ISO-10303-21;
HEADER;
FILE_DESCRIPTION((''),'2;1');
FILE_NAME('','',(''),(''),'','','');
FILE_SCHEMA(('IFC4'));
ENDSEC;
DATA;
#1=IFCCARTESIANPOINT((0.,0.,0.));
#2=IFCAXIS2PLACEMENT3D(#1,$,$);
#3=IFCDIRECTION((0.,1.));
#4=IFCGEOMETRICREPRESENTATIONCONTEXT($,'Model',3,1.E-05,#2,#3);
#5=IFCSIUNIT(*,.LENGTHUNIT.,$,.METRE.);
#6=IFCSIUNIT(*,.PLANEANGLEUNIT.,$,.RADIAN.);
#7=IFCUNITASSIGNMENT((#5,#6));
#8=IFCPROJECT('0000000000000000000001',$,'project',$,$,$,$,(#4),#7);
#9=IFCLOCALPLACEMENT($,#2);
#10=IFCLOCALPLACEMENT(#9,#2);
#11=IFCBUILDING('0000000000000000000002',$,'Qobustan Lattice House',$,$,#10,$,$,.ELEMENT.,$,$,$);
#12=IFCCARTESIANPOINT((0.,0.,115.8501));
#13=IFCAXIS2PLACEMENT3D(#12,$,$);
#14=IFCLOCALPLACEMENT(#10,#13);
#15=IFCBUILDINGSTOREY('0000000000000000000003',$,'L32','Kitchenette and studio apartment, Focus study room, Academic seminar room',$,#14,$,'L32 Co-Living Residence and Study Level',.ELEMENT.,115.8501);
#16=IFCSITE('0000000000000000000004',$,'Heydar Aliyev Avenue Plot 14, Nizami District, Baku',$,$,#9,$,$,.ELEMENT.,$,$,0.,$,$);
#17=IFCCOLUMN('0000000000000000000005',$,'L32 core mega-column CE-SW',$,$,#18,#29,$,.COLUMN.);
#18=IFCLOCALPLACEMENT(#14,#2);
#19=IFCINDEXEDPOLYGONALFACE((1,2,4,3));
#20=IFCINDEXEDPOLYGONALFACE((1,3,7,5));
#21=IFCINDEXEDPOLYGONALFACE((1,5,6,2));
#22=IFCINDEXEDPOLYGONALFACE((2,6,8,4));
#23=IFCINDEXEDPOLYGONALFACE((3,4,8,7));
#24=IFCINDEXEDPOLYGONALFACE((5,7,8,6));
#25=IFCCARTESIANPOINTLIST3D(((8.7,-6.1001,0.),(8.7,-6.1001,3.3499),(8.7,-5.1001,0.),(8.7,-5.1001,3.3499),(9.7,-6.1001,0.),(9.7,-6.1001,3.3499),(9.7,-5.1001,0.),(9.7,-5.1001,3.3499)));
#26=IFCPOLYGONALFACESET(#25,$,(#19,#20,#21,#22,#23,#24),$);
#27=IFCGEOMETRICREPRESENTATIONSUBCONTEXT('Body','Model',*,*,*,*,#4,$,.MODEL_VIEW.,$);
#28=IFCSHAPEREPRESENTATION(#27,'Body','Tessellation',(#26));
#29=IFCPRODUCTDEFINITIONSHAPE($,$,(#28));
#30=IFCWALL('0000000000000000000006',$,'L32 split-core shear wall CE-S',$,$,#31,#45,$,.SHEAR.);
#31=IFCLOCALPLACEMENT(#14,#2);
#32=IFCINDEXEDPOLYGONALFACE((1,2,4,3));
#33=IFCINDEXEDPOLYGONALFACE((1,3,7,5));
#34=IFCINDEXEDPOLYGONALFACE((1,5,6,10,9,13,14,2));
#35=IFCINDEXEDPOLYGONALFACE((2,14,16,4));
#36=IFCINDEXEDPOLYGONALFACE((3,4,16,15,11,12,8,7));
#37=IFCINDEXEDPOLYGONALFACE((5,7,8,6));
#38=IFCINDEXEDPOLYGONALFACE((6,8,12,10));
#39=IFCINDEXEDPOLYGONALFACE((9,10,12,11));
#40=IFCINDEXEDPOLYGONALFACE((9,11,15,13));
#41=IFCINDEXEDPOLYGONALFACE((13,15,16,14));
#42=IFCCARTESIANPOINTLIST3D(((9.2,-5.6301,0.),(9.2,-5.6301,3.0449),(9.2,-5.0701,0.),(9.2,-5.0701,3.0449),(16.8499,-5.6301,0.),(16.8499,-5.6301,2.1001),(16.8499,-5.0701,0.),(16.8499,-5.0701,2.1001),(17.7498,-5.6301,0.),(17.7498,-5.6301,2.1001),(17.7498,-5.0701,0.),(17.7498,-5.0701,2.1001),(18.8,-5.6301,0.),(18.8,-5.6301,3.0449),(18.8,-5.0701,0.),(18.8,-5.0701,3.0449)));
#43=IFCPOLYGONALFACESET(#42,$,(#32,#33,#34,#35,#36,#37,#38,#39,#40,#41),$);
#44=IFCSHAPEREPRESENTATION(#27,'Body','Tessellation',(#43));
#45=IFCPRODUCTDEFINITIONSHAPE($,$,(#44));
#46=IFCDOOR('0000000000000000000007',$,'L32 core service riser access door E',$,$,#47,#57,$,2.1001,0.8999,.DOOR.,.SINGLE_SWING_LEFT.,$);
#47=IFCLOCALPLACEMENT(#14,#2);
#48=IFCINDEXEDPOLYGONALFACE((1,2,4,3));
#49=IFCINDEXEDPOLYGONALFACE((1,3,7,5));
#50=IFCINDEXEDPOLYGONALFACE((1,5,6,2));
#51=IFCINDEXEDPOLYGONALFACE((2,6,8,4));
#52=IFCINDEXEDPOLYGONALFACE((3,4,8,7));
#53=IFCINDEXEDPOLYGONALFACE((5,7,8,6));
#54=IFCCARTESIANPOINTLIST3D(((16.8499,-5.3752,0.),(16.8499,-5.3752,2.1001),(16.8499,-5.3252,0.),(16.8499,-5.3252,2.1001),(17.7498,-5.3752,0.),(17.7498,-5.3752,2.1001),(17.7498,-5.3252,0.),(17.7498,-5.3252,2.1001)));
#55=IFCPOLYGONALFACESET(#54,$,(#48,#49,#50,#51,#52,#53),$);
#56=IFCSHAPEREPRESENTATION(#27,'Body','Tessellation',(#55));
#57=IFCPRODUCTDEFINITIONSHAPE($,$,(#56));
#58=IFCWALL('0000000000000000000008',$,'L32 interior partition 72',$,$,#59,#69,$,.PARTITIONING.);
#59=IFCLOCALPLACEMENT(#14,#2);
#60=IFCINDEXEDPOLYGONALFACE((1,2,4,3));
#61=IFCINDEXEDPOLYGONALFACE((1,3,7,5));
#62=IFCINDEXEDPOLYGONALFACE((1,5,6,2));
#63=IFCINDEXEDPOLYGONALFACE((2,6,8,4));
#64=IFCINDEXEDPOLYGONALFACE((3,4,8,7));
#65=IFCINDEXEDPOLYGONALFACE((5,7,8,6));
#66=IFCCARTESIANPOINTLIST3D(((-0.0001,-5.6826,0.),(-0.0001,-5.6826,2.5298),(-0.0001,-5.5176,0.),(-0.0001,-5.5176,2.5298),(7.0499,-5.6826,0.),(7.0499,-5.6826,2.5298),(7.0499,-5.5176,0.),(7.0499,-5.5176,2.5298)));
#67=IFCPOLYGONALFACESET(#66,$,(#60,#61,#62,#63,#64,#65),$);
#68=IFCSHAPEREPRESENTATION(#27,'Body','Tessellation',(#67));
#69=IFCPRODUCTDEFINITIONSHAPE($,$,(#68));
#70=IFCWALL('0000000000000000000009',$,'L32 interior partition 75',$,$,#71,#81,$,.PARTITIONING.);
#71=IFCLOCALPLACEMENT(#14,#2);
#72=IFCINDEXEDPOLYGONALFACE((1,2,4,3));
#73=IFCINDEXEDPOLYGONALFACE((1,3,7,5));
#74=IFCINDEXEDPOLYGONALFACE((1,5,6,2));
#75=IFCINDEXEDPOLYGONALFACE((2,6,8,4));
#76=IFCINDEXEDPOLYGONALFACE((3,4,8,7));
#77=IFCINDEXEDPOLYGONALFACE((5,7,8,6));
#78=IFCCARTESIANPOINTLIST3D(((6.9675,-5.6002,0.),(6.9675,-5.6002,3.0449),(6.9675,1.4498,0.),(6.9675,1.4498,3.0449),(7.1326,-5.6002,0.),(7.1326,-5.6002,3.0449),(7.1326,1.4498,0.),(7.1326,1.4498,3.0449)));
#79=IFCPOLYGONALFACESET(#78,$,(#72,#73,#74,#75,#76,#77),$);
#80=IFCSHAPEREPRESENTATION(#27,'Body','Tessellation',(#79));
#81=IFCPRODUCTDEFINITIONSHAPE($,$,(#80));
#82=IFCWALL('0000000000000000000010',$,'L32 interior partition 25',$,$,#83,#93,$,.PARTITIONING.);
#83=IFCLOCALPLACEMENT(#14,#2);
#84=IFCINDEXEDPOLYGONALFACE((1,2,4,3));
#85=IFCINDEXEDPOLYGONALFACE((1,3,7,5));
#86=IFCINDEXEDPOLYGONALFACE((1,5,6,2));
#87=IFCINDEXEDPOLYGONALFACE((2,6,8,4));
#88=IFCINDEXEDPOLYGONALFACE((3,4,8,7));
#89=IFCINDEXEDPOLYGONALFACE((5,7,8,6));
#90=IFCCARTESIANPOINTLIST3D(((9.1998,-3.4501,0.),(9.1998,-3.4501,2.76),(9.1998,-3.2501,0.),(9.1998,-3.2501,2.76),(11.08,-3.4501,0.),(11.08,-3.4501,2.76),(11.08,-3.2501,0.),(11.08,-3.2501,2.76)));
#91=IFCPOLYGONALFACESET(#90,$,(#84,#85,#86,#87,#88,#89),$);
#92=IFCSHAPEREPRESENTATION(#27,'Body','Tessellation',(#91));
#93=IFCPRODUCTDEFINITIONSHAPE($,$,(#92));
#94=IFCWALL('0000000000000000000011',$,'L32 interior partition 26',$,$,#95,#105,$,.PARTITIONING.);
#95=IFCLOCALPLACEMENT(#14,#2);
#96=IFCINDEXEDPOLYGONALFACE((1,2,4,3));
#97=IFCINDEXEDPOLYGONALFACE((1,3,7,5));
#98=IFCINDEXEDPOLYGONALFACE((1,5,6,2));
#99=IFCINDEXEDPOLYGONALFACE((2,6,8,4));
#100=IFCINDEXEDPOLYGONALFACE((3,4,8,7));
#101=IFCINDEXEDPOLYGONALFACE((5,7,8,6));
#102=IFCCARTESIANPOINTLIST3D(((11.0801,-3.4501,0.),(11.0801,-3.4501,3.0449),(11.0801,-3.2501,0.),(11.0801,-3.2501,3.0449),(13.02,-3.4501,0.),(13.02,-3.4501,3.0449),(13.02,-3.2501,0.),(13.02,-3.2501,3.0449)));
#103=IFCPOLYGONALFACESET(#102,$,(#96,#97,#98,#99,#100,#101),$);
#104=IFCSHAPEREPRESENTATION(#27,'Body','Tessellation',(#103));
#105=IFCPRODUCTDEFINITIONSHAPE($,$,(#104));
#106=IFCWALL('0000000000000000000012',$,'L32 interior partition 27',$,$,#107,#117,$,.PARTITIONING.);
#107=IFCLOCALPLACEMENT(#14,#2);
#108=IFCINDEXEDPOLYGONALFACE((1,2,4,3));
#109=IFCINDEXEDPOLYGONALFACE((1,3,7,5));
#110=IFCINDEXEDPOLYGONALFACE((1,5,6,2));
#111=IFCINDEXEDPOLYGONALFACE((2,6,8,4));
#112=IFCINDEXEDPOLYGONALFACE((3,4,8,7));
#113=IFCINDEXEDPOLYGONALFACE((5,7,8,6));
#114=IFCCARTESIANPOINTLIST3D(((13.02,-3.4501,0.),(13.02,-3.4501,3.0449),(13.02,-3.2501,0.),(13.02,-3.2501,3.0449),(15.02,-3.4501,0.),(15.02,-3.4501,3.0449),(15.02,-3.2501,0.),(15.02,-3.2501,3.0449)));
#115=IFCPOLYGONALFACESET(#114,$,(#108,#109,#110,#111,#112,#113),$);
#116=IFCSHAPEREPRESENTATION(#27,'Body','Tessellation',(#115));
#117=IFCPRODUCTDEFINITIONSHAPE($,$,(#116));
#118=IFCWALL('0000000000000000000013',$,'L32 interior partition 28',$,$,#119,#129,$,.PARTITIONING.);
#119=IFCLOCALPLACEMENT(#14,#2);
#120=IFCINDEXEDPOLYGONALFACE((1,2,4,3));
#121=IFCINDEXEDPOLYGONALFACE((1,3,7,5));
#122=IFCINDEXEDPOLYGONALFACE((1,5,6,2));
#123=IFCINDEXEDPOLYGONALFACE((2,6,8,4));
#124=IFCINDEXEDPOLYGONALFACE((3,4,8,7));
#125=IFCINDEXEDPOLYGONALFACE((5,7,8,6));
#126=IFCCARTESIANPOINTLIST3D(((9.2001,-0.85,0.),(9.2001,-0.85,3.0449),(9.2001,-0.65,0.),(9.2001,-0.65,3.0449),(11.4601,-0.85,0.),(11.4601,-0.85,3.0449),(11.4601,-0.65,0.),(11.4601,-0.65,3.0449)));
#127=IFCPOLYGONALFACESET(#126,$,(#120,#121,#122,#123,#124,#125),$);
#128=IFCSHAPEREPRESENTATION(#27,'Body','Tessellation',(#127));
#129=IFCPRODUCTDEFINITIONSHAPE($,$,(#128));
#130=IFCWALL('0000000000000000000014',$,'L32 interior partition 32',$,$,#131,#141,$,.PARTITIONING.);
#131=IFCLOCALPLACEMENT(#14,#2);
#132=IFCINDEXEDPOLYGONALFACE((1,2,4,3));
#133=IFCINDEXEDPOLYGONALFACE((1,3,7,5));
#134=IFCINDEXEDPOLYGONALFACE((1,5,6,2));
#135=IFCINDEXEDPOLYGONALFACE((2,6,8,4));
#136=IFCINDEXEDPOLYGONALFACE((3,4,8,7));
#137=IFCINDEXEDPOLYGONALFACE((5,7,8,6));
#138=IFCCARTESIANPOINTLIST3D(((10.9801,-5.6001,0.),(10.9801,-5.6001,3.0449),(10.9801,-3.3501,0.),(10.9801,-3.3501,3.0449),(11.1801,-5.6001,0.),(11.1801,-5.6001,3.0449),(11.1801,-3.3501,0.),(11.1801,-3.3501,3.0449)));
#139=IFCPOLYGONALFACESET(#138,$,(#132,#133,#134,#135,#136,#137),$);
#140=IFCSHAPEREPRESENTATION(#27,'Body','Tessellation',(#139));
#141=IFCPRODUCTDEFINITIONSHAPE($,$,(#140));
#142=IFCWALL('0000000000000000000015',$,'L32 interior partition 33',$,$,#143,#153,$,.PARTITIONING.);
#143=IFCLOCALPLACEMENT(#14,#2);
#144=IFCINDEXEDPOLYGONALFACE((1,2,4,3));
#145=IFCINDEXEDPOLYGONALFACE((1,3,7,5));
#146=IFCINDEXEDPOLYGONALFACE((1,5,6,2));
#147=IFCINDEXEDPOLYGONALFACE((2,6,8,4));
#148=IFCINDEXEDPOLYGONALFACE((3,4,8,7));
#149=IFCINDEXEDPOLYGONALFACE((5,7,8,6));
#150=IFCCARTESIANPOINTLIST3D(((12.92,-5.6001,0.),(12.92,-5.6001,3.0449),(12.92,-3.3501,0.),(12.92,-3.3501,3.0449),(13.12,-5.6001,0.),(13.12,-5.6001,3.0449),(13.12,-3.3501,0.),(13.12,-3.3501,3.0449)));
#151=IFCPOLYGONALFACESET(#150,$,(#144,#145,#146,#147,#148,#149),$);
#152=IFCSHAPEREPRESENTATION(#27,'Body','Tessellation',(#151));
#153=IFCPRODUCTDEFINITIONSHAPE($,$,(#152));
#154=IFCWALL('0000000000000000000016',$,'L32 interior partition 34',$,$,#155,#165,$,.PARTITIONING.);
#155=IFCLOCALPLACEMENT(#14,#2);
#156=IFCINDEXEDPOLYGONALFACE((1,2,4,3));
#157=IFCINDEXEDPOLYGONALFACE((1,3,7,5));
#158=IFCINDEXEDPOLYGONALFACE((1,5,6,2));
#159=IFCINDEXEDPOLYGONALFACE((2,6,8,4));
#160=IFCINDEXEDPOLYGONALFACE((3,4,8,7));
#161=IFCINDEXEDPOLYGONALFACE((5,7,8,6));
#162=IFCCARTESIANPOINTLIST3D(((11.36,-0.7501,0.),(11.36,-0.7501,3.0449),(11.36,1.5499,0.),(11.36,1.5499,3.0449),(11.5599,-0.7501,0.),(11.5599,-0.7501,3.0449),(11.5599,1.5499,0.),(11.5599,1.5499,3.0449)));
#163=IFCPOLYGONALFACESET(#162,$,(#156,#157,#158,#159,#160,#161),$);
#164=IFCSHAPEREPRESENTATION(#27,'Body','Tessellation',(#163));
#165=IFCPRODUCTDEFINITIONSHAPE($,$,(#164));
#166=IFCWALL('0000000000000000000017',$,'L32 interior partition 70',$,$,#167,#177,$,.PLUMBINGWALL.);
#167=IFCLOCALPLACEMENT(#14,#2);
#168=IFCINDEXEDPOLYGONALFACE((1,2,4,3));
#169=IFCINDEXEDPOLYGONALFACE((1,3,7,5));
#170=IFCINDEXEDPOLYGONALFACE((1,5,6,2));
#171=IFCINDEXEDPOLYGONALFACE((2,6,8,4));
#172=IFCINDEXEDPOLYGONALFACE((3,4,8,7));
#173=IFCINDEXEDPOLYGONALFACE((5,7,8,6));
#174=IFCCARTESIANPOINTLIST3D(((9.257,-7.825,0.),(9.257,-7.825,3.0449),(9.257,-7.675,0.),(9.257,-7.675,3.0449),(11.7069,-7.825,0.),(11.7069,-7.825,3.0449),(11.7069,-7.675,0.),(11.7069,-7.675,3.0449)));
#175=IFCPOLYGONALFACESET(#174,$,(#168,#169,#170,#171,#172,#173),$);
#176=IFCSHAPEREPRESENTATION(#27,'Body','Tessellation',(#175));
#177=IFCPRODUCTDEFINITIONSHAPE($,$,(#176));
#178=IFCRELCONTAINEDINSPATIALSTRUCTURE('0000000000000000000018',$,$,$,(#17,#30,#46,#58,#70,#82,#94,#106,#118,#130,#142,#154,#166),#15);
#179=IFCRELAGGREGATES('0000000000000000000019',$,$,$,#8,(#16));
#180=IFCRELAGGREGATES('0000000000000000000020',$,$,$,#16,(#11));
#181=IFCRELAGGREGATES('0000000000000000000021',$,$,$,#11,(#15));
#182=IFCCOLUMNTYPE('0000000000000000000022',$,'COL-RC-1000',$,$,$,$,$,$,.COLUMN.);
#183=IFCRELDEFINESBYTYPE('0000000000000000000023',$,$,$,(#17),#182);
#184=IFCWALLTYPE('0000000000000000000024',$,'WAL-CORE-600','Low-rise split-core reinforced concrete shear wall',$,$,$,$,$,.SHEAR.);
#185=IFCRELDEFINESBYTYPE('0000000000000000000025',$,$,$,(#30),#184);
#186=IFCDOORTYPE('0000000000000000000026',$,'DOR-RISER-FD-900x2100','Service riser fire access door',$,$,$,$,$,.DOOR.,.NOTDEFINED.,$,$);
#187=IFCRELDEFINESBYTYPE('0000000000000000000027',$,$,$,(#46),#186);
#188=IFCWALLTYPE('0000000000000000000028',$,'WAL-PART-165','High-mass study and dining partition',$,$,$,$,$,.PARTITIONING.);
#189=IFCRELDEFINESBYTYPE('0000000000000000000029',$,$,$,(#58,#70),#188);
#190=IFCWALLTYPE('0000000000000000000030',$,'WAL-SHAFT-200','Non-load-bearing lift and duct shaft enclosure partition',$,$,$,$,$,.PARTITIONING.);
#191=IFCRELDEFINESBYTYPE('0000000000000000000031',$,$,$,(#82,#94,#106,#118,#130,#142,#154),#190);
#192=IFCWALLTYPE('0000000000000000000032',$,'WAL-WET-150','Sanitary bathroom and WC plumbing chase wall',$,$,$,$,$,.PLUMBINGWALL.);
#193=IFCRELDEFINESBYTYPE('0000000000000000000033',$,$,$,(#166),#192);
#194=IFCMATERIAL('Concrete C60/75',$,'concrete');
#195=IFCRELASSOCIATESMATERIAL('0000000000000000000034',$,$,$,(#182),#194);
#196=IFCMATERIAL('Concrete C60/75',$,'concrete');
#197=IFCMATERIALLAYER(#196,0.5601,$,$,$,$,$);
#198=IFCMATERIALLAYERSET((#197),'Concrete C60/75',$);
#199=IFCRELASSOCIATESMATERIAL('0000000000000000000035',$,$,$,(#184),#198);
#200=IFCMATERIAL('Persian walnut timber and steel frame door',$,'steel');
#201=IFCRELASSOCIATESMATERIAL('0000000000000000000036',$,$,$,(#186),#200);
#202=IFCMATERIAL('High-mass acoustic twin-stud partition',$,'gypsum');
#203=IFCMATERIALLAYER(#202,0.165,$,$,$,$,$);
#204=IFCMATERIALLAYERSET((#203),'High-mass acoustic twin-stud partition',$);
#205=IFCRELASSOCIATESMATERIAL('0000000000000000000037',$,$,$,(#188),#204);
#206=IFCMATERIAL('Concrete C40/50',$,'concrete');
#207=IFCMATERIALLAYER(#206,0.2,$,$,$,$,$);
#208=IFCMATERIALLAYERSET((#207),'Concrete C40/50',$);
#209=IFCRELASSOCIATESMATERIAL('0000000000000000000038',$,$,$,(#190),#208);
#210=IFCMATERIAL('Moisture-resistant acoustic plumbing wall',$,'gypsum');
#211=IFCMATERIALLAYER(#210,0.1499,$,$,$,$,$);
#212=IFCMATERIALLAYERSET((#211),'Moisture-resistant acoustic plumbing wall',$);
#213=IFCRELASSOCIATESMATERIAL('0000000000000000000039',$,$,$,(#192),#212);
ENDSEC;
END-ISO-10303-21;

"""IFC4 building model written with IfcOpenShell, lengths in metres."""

from ifc_helpers import new_model, si_unit, direction, frame, frame_2d, origin, origin_2d, place, context, subcontext, project, spatial, rectangle, extrude, material, layer, layer_set, material_profile, profile_set, type_object, element, fill, save


model = new_model("IFC4")

# Units and contexts
model_context = context("Model", 3, precision=1e-05, world=origin(), true_north=direction((0.0, 1.0)))
body_context = subcontext(model_context, "Body", "Model", "MODEL_VIEW")
ifc_project = project(units=[si_unit("LENGTHUNIT", "METRE"), si_unit("PLANEANGLEUNIT", "RADIAN")], contexts=[model_context])

# Site, building, storey
site_placement = place(None, origin())
site = spatial("IfcSite", under=ifc_project, at=site_placement, Name="Heydar Aliyev Avenue Plot 14, Nizami District, Baku", CompositionType="ELEMENT", RefElevation=0.0)
building_placement = place(site_placement, origin())
building = spatial("IfcBuilding", under=site, at=building_placement, Name="Qobustan Lattice House", CompositionType="ELEMENT")
storey_placement = place(building_placement, frame((0.0, 0.0, 115.8501)))
storey = spatial("IfcBuildingStorey", under=building, at=storey_placement, Name="L32", Description="Kitchenette and studio apartment, Focus study room, Academic seminar room", LongName="L32 Co-Living Residence and Study Level", CompositionType="ELEMENT", Elevation=115.8501)

# Column
ifc_material_1 = material(Name="Concrete C60/75", Category="concrete")
ifc_material_profile = material_profile(ifc_material_1, rectangle(XDim=1.0, YDim=1.0, at=origin_2d()), Name="RC1000x1000")
ifc_profile_set = profile_set([ifc_material_profile], Name="Concrete C60/75")
column_type = type_object("IfcColumnType", Name="COL-RC-1000", PredefinedType="COLUMN", material=ifc_profile_set)
column_placement = place(storey_placement, frame((9.2, -5.6001, 0.0), z_axis=(0.0, 0.0, 1.0), x_axis=(1.0, 0.0, 0.0)))
element("IfcColumn", 1, at=column_placement, inside=storey, type_object=column_type, Name="L32 core mega-column CE-SW", PredefinedType="COLUMN", context=body_context, shape_type="SweptSolid", body=[
    extrude(rectangle(XDim=1.0, YDim=1.0, at=origin_2d()), origin(), (0.0, 0.0, 1.0), 3.3499),
])

# Wall, opening, door
ifc_material_2 = material(Name="Concrete C60/75", Category="concrete")
ifc_layer_1 = layer(ifc_material_2, 0.5601)
ifc_layer_set_1 = layer_set([ifc_layer_1], Name="Concrete C60/75")
wall_type_1 = type_object("IfcWallType", Name="WAL-CORE-600", Description="Low-rise split-core reinforced concrete shear wall", PredefinedType="SHEAR", material=ifc_layer_set_1)
wall_1_placement = place(storey_placement, frame((9.2, -5.3501, 0.0), z_axis=(0.0, 0.0, 1.0), x_axis=(1.0, 0.0, 0.0)))
wall_1 = element("IfcWall", 2, at=wall_1_placement, inside=storey, type_object=wall_type_1, Name="L32 split-core shear wall CE-S", PredefinedType="SHEAR", context=body_context, shape_type="SweptSolid", body=[
    extrude(rectangle(XDim=9.6001, YDim=0.5601, at=frame_2d((4.8, 0.0))), origin(), (0.0, 0.0, 1.0), 3.0449),
])
opening_1_placement = place(wall_1_placement, frame((7.6499, 0.0, 0.0)))
opening_1 = element("IfcOpeningElement", 3, at=opening_1_placement, cuts=wall_1, PredefinedType="OPENING", context=body_context, shape_type="SweptSolid", body=[
    extrude(rectangle(XDim=0.8999, YDim=2.1001, at=frame_2d((0.45, 1.05))), frame((0.0, 0.29, 0.0), z_axis=(0.0, -1.0, 0.0), x_axis=(1.0, 0.0, 0.0)), (0.0, 0.0, 1.0), 0.5801),
])
ifc_material_3 = material(Name="Persian walnut timber and steel frame door", Category="steel")
door_type_1 = type_object("IfcDoorType", Name="DOR-RISER-FD-900x2100", Description="Service riser fire access door", OperationType="NOTDEFINED", PredefinedType="DOOR", material=ifc_material_3)
door_1_placement = place(opening_1_placement, origin())
door_1 = element("IfcDoor", 4, at=door_1_placement, inside=storey, type_object=door_type_1, Name="L32 core service riser access door E", OperationType="SINGLE_SWING_LEFT", OverallHeight=2.1001, OverallWidth=0.8999, PredefinedType="DOOR", context=body_context, shape_type="SweptSolid", body=[
    extrude(rectangle(XDim=0.8999, YDim=2.1001, at=frame_2d((0.45, 1.05))), frame((0.0, 0.0249, 0.0), z_axis=(0.0, -1.0, 0.0), x_axis=(1.0, 0.0, 0.0)), (0.0, 0.0, 1.0), 0.05),
])
fill(opening_1, door_1)

# Walls
ifc_material_4 = material(Name="High-mass acoustic twin-stud partition", Category="gypsum")
ifc_layer_2 = layer(ifc_material_4, 0.165)
ifc_layer_set_2 = layer_set([ifc_layer_2], Name="High-mass acoustic twin-stud partition")
wall_type_2 = type_object("IfcWallType", Name="WAL-PART-165", Description="High-mass study and dining partition", PredefinedType="PARTITIONING", material=ifc_layer_set_2)
wall_2_placement = place(storey_placement, frame((0.0, -5.6001, 0.0), z_axis=(0.0, 0.0, 1.0), x_axis=(1.0, 0.0, 0.0)))
element("IfcWall", 5, at=wall_2_placement, inside=storey, type_object=wall_type_2, Name="L32 interior partition 72", PredefinedType="PARTITIONING", context=body_context, shape_type="SweptSolid", body=[
    extrude(rectangle(XDim=7.05, YDim=0.165, at=frame_2d((3.5249, 0.0))), origin(), (0.0, 0.0, 1.0), 2.5298),
])
wall_3_placement = place(storey_placement, frame((7.05, -5.6001, 0.0), z_axis=(0.0, 0.0, 1.0), x_axis=(0.0, 1.0, 0.0)))
element("IfcWall", 6, at=wall_3_placement, inside=storey, type_object=wall_type_2, Name="L32 interior partition 75", PredefinedType="PARTITIONING", context=body_context, shape_type="SweptSolid", body=[
    extrude(rectangle(XDim=7.05, YDim=0.165, at=frame_2d((3.5249, 0.0))), origin(), (0.0, 0.0, 1.0), 3.0449),
])
ifc_material_5 = material(Name="Concrete C40/50", Category="concrete")
ifc_layer_3 = layer(ifc_material_5, 0.2)
ifc_layer_set_3 = layer_set([ifc_layer_3], Name="Concrete C40/50")
wall_type_3 = type_object("IfcWallType", Name="WAL-SHAFT-200", Description="Non-load-bearing lift and duct shaft enclosure partition", PredefinedType="PARTITIONING", material=ifc_layer_set_3)
wall_4_placement = place(storey_placement, frame((9.2, -3.3501, 0.0), z_axis=(0.0, 0.0, 1.0), x_axis=(1.0, 0.0, 0.0)))
element("IfcWall", 7, at=wall_4_placement, inside=storey, type_object=wall_type_3, Name="L32 interior partition 25", PredefinedType="PARTITIONING", context=body_context, shape_type="SweptSolid", body=[
    extrude(rectangle(XDim=1.8801, YDim=0.2, at=frame_2d((0.9399, 0.0))), origin(), (0.0, 0.0, 1.0), 2.76),
])
wall_5_placement = place(storey_placement, frame((11.0801, -3.3501, 0.0), z_axis=(0.0, 0.0, 1.0), x_axis=(1.0, 0.0, 0.0)))
element("IfcWall", 8, at=wall_5_placement, inside=storey, type_object=wall_type_3, Name="L32 interior partition 26", PredefinedType="PARTITIONING", context=body_context, shape_type="SweptSolid", body=[
    extrude(rectangle(XDim=1.9399, YDim=0.2, at=frame_2d((0.97, 0.0))), origin(), (0.0, 0.0, 1.0), 3.0449),
])
wall_6_placement = place(storey_placement, frame((13.02, -3.3501, 0.0), z_axis=(0.0, 0.0, 1.0), x_axis=(1.0, 0.0, 0.0)))
element("IfcWall", 9, at=wall_6_placement, inside=storey, type_object=wall_type_3, Name="L32 interior partition 27", PredefinedType="PARTITIONING", context=body_context, shape_type="SweptSolid", body=[
    extrude(rectangle(XDim=2.0, YDim=0.2, at=frame_2d((1.0, 0.0))), origin(), (0.0, 0.0, 1.0), 3.0449),
])
wall_7_placement = place(storey_placement, frame((11.46, -0.75, 0.0), z_axis=(0.0, 0.0, 1.0), x_axis=(-1.0, 0.0, 0.0)))
element("IfcWall", 10, at=wall_7_placement, inside=storey, type_object=wall_type_3, Name="L32 interior partition 28", PredefinedType="PARTITIONING", context=body_context, shape_type="SweptSolid", body=[
    extrude(rectangle(XDim=2.26, YDim=0.2, at=frame_2d((1.1299, 0.0))), origin(), (0.0, 0.0, 1.0), 3.0449),
])
for number, where, z_axis, x_axis, name in (
    (11, (11.0801, -5.6001, 0.0), (0.0, 0.0, 1.0), (0.0, 1.0, 0.0), "L32 interior partition 32"),
    (12, (13.02, -5.6001, 0.0), (0.0, 0.0, 1.0), (0.0, 1.0, 0.0), "L32 interior partition 33"),
):
    element("IfcWall", number, at=place(storey_placement, frame(where, z_axis=z_axis, x_axis=x_axis)), inside=storey, type_object=wall_type_3, Name=name, PredefinedType="PARTITIONING", context=body_context, shape_type="SweptSolid", body=[
        extrude(rectangle(XDim=2.25, YDim=0.2, at=frame_2d((1.125, 0.0))), origin(), (0.0, 0.0, 1.0), 3.0449),
    ])
wall_8_placement = place(storey_placement, frame((11.46, -0.75, 0.0), z_axis=(0.0, 0.0, 1.0), x_axis=(0.0, 1.0, 0.0)))
element("IfcWall", 13, at=wall_8_placement, inside=storey, type_object=wall_type_3, Name="L32 interior partition 34", PredefinedType="PARTITIONING", context=body_context, shape_type="SweptSolid", body=[
    extrude(rectangle(XDim=2.3, YDim=0.2, at=frame_2d((1.1499, 0.0))), origin(), (0.0, 0.0, 1.0), 3.0449),
])
ifc_material_6 = material(Name="Moisture-resistant acoustic plumbing wall", Category="gypsum")
ifc_layer_4 = layer(ifc_material_6, 0.1499)
ifc_layer_set_4 = layer_set([ifc_layer_4], Name="Moisture-resistant acoustic plumbing wall")
wall_type_4 = type_object("IfcWallType", Name="WAL-WET-150", Description="Sanitary bathroom and WC plumbing chase wall", PredefinedType="PLUMBINGWALL", material=ifc_layer_set_4)
wall_9_placement = place(storey_placement, frame((11.707, -7.75, 0.0), z_axis=(0.0, 0.0, 1.0), x_axis=(-1.0, 0.0, 0.0)))
element("IfcWall", 14, at=wall_9_placement, inside=storey, type_object=wall_type_4, Name="L32 interior partition 70", PredefinedType="PLUMBINGWALL", context=body_context, shape_type="SweptSolid", body=[
    extrude(rectangle(XDim=2.45, YDim=0.1499, at=frame_2d((1.2251, 0.0))), origin(), (0.0, 0.0, 1.0), 3.0449),
])

save(model, "model.ifc")
